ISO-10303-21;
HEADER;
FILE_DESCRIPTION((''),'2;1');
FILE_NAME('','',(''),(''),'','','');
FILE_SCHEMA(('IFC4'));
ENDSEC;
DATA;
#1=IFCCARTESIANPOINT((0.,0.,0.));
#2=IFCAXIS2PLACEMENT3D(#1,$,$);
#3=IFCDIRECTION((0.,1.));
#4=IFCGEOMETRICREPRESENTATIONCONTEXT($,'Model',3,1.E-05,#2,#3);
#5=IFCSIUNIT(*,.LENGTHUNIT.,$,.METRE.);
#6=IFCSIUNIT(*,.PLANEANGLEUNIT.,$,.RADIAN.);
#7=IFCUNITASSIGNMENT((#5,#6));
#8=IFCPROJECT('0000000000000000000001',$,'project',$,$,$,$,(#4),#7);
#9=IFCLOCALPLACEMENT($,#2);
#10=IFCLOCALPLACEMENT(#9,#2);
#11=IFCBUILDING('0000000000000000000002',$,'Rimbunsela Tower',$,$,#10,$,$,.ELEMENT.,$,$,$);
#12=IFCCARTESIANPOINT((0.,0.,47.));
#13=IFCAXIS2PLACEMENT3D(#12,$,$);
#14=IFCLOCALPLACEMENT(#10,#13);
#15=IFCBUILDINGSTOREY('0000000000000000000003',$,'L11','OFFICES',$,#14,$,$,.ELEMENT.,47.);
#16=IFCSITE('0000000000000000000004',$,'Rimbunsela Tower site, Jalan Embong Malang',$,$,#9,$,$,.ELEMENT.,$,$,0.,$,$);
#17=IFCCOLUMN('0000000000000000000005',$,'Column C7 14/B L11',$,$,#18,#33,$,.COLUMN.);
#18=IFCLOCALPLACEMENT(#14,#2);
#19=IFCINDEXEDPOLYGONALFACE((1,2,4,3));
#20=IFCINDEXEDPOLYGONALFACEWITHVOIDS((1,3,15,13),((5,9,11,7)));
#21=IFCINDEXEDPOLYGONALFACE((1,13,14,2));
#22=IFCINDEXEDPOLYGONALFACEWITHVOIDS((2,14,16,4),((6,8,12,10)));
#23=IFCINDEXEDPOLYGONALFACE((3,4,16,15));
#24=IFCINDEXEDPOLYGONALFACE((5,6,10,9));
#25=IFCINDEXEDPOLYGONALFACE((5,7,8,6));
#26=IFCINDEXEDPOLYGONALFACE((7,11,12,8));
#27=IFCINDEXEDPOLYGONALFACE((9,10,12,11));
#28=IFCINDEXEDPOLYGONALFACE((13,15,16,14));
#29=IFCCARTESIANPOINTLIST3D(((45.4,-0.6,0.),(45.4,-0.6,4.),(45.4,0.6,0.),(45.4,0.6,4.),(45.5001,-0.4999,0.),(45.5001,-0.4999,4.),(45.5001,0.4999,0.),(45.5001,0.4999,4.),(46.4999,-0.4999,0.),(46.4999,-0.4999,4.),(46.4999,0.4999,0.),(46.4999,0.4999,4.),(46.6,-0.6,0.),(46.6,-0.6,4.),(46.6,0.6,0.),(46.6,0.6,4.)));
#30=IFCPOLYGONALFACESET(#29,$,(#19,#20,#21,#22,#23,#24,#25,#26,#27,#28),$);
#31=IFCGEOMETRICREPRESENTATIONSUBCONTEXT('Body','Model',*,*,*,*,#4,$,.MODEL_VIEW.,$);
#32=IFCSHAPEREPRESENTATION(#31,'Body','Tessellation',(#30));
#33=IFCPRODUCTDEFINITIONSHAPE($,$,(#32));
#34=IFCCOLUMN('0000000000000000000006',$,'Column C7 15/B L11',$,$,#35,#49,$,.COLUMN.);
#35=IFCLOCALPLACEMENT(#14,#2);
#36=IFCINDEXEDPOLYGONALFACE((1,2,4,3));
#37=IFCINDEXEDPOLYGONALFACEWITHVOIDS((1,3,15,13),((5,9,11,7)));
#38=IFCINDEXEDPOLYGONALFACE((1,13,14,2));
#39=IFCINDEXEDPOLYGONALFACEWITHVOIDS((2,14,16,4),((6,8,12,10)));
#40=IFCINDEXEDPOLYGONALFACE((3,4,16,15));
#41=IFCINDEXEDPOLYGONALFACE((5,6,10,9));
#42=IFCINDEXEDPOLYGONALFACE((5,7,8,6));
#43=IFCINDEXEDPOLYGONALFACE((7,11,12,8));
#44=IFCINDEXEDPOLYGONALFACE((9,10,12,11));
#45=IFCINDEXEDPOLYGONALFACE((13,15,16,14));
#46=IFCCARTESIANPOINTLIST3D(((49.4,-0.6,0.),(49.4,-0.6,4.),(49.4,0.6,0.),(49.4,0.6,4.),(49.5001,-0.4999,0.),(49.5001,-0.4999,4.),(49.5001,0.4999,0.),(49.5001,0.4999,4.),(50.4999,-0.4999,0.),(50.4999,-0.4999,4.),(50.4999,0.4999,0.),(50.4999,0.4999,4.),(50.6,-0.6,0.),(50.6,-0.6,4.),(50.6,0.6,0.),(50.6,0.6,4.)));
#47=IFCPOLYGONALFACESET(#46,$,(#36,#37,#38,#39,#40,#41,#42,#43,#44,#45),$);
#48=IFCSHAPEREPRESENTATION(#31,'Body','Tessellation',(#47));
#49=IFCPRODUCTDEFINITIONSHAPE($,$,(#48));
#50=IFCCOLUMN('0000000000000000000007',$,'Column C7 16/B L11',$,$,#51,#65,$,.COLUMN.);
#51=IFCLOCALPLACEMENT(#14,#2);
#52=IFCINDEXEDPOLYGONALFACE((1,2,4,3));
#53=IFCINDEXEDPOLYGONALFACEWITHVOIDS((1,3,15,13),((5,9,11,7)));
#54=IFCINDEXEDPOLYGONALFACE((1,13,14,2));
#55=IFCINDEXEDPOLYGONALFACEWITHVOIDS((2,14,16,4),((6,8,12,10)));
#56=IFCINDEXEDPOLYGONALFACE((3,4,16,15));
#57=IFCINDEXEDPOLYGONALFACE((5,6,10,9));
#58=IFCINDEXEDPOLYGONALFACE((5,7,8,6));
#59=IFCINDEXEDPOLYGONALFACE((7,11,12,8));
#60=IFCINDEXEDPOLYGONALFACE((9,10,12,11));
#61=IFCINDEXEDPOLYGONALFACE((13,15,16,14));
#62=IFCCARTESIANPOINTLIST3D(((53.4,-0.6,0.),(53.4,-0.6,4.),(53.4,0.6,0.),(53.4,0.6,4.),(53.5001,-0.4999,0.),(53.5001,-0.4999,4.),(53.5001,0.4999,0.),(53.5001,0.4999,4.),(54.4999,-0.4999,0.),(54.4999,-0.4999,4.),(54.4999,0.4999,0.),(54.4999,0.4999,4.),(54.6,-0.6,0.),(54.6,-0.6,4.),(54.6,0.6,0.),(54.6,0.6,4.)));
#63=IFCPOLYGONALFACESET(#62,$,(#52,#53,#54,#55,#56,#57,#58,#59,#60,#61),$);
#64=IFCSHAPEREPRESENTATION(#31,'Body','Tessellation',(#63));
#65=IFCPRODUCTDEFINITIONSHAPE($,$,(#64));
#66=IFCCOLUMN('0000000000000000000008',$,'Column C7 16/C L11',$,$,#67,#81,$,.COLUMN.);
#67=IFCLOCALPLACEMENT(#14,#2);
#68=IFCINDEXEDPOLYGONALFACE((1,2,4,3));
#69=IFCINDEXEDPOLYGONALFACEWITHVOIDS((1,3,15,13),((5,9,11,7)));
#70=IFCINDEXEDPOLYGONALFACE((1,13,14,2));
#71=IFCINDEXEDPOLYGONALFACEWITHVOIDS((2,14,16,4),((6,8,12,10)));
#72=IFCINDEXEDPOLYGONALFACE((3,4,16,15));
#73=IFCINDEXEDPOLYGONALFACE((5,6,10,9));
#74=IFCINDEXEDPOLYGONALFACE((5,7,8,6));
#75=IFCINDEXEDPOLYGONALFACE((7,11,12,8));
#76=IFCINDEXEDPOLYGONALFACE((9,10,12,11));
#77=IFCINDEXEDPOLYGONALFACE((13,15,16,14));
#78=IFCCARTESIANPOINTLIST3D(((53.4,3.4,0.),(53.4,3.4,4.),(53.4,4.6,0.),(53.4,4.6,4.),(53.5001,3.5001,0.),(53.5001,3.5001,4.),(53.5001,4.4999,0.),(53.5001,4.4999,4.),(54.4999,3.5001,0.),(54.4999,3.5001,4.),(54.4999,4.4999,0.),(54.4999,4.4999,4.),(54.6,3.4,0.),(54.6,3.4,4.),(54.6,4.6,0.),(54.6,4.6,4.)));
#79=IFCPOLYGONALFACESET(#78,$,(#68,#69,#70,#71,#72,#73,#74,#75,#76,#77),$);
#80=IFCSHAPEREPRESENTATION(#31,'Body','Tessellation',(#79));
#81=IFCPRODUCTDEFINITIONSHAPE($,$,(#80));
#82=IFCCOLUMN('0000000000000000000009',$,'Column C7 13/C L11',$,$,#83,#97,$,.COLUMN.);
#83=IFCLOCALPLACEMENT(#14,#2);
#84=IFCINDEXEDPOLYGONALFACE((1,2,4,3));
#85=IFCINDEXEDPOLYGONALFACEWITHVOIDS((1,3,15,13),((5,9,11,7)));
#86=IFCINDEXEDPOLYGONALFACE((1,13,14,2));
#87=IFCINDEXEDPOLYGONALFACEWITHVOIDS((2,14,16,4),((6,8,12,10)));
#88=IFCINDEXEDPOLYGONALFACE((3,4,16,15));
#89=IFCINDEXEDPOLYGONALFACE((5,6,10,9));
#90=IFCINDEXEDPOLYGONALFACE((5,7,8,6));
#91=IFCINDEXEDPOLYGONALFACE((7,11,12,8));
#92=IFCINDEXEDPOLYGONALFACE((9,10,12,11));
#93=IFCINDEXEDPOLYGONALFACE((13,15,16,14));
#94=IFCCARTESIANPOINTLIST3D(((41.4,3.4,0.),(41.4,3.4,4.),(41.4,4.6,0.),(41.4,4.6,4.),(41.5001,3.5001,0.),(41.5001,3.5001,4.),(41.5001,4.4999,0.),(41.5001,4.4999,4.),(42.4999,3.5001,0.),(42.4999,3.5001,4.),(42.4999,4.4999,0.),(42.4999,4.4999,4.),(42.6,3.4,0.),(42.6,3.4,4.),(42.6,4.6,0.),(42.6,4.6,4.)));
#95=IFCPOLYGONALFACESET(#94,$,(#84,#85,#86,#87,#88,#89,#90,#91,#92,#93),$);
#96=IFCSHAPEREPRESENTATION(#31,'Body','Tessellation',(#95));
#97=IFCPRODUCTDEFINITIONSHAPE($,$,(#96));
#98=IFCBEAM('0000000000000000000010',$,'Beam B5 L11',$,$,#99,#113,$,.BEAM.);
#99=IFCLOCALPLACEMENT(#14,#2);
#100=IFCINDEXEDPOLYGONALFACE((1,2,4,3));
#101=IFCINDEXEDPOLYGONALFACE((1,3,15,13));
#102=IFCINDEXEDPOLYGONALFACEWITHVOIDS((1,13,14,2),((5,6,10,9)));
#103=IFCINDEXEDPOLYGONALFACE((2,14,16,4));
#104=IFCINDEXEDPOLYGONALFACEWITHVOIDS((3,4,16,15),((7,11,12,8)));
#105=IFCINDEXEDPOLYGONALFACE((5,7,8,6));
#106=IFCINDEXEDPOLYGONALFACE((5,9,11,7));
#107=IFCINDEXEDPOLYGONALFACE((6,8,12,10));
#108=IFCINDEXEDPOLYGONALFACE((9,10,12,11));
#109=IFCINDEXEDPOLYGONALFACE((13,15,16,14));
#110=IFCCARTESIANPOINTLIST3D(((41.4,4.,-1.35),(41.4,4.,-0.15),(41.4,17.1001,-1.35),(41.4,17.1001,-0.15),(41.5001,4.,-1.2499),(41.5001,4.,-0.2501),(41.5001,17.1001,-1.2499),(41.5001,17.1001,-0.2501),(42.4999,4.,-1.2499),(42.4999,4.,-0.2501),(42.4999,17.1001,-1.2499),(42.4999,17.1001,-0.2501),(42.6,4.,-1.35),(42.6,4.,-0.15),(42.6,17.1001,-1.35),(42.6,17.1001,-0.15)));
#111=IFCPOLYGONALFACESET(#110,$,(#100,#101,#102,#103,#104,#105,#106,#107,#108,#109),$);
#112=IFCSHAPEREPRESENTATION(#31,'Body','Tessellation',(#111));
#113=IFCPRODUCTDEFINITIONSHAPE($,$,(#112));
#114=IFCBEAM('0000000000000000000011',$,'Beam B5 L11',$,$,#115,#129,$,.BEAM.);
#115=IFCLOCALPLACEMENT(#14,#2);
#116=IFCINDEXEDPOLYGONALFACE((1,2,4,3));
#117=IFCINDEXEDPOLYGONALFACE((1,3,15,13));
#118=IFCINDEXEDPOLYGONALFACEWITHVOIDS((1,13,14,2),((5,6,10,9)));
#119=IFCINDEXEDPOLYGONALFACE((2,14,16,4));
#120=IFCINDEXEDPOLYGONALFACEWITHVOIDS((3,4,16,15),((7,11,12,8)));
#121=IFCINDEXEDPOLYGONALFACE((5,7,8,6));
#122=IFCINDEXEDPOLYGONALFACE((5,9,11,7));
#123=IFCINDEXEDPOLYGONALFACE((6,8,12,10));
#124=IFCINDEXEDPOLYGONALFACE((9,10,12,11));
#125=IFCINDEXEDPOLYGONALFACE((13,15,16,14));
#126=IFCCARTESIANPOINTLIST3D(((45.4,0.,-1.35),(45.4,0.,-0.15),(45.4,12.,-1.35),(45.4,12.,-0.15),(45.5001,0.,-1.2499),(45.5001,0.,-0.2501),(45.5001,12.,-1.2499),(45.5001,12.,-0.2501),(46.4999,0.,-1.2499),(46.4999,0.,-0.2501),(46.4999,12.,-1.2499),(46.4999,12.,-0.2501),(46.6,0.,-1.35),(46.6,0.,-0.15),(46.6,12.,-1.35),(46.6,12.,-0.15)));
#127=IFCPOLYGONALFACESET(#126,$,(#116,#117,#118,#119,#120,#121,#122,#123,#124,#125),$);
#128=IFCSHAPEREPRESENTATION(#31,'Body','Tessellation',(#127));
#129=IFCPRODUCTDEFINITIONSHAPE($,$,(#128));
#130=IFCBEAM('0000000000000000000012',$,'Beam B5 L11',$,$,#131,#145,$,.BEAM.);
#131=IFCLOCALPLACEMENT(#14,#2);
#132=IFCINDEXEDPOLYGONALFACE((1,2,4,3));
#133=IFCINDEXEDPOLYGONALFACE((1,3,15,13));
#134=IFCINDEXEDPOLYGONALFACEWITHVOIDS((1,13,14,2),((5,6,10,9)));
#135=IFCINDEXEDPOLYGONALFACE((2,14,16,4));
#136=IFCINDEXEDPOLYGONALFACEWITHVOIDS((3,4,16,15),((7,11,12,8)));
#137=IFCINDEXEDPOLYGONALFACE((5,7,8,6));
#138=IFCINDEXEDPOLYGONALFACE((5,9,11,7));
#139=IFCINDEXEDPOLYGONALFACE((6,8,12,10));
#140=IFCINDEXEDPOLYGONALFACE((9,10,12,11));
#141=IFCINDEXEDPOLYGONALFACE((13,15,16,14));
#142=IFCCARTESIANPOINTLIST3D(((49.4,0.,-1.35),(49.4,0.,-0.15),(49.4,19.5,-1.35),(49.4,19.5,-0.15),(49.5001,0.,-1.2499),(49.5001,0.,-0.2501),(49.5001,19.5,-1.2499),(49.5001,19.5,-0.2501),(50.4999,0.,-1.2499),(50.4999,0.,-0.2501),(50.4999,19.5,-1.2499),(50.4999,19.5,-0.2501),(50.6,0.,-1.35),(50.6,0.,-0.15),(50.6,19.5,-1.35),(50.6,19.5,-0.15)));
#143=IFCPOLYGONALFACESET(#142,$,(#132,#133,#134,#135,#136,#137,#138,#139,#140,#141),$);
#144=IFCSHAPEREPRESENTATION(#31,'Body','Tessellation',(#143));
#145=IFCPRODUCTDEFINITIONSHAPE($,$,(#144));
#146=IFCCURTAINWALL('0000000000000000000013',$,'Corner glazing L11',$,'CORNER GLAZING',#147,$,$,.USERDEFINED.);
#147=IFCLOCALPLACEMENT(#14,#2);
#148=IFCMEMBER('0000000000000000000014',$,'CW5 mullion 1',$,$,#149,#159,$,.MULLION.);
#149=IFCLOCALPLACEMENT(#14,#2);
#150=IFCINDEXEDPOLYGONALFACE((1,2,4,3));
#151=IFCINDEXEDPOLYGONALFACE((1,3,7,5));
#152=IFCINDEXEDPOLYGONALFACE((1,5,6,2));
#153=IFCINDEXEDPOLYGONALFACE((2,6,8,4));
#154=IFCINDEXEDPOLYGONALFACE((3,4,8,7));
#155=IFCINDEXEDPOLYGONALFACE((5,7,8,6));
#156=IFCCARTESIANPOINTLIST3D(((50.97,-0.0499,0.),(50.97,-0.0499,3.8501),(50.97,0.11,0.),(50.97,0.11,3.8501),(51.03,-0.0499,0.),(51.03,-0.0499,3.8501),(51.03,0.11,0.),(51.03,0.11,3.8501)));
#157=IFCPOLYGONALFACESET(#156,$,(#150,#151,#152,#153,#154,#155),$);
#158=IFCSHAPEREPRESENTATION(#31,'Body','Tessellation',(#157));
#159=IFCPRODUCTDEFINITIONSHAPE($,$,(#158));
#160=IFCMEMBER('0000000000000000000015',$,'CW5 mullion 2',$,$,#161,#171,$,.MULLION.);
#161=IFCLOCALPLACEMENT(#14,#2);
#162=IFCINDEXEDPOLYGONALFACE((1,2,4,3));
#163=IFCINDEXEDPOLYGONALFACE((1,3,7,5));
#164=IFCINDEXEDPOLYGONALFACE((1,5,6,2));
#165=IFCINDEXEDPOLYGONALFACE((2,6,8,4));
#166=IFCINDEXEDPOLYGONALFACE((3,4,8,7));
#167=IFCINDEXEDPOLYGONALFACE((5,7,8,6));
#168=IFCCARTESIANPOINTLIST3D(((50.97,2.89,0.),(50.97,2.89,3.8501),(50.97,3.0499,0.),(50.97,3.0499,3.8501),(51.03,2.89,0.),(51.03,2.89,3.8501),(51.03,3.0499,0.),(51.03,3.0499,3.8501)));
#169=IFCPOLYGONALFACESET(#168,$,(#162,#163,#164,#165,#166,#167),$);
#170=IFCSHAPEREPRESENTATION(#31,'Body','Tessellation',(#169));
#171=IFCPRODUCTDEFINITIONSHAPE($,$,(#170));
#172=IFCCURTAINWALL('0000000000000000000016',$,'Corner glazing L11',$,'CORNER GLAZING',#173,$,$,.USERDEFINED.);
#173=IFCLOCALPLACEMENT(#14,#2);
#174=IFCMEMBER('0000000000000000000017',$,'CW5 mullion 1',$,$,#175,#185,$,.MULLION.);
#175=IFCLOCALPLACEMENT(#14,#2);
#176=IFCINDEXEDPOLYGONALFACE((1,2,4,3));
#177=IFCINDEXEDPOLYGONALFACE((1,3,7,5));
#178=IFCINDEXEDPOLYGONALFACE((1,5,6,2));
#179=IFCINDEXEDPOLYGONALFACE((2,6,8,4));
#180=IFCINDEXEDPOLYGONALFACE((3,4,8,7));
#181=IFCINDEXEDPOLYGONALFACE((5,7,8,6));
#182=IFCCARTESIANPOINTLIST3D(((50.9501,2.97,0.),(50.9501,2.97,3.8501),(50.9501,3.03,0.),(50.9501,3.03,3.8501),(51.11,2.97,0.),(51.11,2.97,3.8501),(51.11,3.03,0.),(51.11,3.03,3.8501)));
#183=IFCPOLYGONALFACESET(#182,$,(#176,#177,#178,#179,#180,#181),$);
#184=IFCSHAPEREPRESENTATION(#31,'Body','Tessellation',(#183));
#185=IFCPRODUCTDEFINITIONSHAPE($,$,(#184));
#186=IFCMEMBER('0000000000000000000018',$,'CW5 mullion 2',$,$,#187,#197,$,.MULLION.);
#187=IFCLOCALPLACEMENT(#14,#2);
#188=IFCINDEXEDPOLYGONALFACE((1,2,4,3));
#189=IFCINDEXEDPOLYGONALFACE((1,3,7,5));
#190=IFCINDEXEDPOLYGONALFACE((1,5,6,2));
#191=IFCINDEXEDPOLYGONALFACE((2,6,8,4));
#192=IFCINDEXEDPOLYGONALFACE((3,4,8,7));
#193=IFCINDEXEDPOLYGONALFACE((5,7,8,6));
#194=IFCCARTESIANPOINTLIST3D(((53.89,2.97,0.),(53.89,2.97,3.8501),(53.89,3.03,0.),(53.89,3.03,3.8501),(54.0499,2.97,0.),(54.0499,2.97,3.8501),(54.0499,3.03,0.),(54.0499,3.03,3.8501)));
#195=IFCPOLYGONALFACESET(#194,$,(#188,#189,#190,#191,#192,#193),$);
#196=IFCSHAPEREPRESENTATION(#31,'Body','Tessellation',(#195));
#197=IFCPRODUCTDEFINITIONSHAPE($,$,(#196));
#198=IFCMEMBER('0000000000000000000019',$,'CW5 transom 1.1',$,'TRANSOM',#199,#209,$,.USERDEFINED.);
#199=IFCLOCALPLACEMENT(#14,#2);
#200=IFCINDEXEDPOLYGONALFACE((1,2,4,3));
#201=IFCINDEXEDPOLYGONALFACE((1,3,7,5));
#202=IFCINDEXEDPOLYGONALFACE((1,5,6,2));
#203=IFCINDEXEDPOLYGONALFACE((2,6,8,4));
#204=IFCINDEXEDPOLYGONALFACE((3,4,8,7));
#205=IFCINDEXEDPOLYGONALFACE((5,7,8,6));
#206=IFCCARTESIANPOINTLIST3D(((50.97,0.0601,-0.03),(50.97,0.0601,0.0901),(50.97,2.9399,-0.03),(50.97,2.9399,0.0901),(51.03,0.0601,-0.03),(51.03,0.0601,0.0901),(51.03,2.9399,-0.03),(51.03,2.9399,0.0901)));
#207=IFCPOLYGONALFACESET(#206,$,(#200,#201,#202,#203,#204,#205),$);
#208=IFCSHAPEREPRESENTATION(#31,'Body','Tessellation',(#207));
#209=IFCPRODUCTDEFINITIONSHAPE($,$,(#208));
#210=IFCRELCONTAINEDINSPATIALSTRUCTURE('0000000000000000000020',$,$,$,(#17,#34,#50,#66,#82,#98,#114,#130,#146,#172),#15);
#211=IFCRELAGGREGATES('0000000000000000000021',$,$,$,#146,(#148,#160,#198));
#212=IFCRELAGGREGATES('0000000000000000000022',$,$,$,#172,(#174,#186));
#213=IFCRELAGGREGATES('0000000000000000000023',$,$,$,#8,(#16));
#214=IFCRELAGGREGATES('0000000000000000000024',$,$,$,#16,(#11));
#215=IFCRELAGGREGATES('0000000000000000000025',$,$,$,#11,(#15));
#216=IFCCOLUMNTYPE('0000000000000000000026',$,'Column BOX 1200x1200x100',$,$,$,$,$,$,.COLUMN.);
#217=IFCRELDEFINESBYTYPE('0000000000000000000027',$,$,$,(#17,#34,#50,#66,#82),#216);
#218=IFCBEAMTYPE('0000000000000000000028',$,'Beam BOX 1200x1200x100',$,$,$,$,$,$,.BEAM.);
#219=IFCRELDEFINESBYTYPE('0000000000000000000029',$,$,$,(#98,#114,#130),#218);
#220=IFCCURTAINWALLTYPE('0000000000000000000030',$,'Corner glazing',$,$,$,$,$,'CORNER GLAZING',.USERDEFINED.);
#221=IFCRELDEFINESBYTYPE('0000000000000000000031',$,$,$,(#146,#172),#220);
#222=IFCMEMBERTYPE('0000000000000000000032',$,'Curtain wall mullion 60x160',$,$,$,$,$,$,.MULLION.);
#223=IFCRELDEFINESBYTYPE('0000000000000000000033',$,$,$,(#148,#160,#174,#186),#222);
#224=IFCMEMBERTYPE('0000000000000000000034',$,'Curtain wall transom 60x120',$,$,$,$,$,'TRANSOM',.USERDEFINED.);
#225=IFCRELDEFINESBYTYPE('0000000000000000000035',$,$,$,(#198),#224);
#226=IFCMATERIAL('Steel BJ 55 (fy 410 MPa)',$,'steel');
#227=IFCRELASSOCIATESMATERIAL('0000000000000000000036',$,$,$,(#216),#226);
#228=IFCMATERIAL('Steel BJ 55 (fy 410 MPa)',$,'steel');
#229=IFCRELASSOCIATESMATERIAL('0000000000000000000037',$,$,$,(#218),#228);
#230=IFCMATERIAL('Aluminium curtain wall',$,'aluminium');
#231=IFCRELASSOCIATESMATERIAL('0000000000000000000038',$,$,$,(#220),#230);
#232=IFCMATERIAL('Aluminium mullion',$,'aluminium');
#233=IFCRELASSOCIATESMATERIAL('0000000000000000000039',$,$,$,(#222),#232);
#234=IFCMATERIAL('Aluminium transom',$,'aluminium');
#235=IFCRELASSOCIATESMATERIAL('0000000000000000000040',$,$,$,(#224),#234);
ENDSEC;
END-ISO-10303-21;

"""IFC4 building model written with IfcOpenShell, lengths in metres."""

from ifc_helpers import new_model, si_unit, direction, frame, origin, origin_2d, place, context, subcontext, project, spatial, rectangle, hollow_rectangle, extrude, material, material_profile, profile_set, type_object, element, aggregate, save


model = new_model("IFC4")

# Units and contexts
model_context = context("Model", 3, precision=1e-05, world=origin(), true_north=direction((0.0, 1.0)))
body_context = subcontext(model_context, "Body", "Model", "MODEL_VIEW")
ifc_project = project(units=[si_unit("LENGTHUNIT", "METRE"), si_unit("PLANEANGLEUNIT", "RADIAN")], contexts=[model_context])

# Site, building, storey
site_placement = place(None, origin())
site = spatial("IfcSite", under=ifc_project, at=site_placement, Name="Rimbunsela Tower site, Jalan Embong Malang", CompositionType="ELEMENT", RefElevation=0.0)
building_placement = place(site_placement, origin())
building = spatial("IfcBuilding", under=site, at=building_placement, Name="Rimbunsela Tower", CompositionType="ELEMENT")
storey_placement = place(building_placement, frame((0.0, 0.0, 47.0)))
storey = spatial("IfcBuildingStorey", under=building, at=storey_placement, Name="L11", Description="OFFICES", CompositionType="ELEMENT", Elevation=47.0)

# Columns
ifc_material_1 = material(Name="Steel BJ 55 (fy 410 MPa)", Category="steel")
ifc_material_profile_1 = material_profile(ifc_material_1, hollow_rectangle(XDim=1.2, YDim=1.2, WallThickness=0.1001, at=origin_2d()), Name="BOX 1200x1200x100")
ifc_profile_set_1 = profile_set([ifc_material_profile_1], Name="Steel BJ 55 (fy 410 MPa)")
column_type = type_object("IfcColumnType", Name="Column BOX 1200x1200x100", PredefinedType="COLUMN", material=ifc_profile_set_1)
for number, where, z_axis, x_axis, name in (
    (1, (46.0, 0.0, 0.0), (0.0, 0.0, 1.0), (1.0, 0.0, 0.0), "Column C7 14/B L11"),
    (2, (50.0, 0.0, 0.0), (0.0, 0.0, 1.0), (1.0, 0.0, 0.0), "Column C7 15/B L11"),
    (3, (54.0, 0.0, 0.0), (0.0, 0.0, 1.0), (1.0, 0.0, 0.0), "Column C7 16/B L11"),
    (4, (54.0, 4.0, 0.0), (0.0, 0.0, 1.0), (1.0, 0.0, 0.0), "Column C7 16/C L11"),
    (5, (42.0, 4.0, 0.0), (0.0, 0.0, 1.0), (1.0, 0.0, 0.0), "Column C7 13/C L11"),
):
    element("IfcColumn", number, at=place(storey_placement, frame(where, z_axis=z_axis, x_axis=x_axis)), inside=storey, type_object=column_type, Name=name, PredefinedType="COLUMN", context=body_context, shape_type="SweptSolid", body=[
        extrude(hollow_rectangle(XDim=1.2, YDim=1.2, WallThickness=0.1001, at=origin_2d()), origin(), (0.0, 0.0, 1.0), 4.0),
    ])

# Beams
ifc_material_2 = material(Name="Steel BJ 55 (fy 410 MPa)", Category="steel")
ifc_material_profile_2 = material_profile(ifc_material_2, hollow_rectangle(XDim=1.2, YDim=1.2, WallThickness=0.1001, at=origin_2d()), Name="BOX 1200x1200x100")
ifc_profile_set_2 = profile_set([ifc_material_profile_2], Name="Steel BJ 55 (fy 410 MPa)")
beam_type = type_object("IfcBeamType", Name="Beam BOX 1200x1200x100", PredefinedType="BEAM", material=ifc_profile_set_2)
beam_1_placement = place(storey_placement, frame((42.0, 4.0, -0.75), z_axis=(0.0, 1.0, 0.0), x_axis=(-1.0, 0.0, 0.0)))
element("IfcBeam", 6, at=beam_1_placement, inside=storey, type_object=beam_type, Name="Beam B5 L11", PredefinedType="BEAM", context=body_context, shape_type="SweptSolid", body=[
    extrude(hollow_rectangle(XDim=1.2, YDim=1.2, WallThickness=0.1001, at=origin_2d()), origin(), (0.0, 0.0, 1.0), 13.1001),
])
beam_2_placement = place(storey_placement, frame((46.0, 0.0, -0.75), z_axis=(0.0, 1.0, 0.0), x_axis=(-1.0, 0.0, 0.0)))
element("IfcBeam", 7, at=beam_2_placement, inside=storey, type_object=beam_type, Name="Beam B5 L11", PredefinedType="BEAM", context=body_context, shape_type="SweptSolid", body=[
    extrude(hollow_rectangle(XDim=1.2, YDim=1.2, WallThickness=0.1001, at=origin_2d()), origin(), (0.0, 0.0, 1.0), 12.0),
])
beam_3_placement = place(storey_placement, frame((50.0, 0.0, -0.75), z_axis=(0.0, 1.0, 0.0), x_axis=(-1.0, 0.0, 0.0)))
element("IfcBeam", 8, at=beam_3_placement, inside=storey, type_object=beam_type, Name="Beam B5 L11", PredefinedType="BEAM", context=body_context, shape_type="SweptSolid", body=[
    extrude(hollow_rectangle(XDim=1.2, YDim=1.2, WallThickness=0.1001, at=origin_2d()), origin(), (0.0, 0.0, 1.0), 19.5),
])

# Curtain walls, members
ifc_material_3 = material(Name="Aluminium curtain wall", Category="aluminium")
curtain_wall_type = type_object("IfcCurtainWallType", Name="Corner glazing", ElementType="CORNER GLAZING", PredefinedType="USERDEFINED", material=ifc_material_3)
curtain_wall_1_placement = place(storey_placement, origin())
curtain_wall_1 = element("IfcCurtainWall", 9, at=curtain_wall_1_placement, inside=storey, type_object=curtain_wall_type, Name="Corner glazing L11", ObjectType="CORNER GLAZING", PredefinedType="USERDEFINED")
ifc_material_4 = material(Name="Aluminium mullion", Category="aluminium")
ifc_material_profile_3 = material_profile(ifc_material_4, rectangle(XDim=0.0601, YDim=0.1599, at=origin_2d()), Name="Mullion 60x160")
ifc_profile_set_3 = profile_set([ifc_material_profile_3], Name="Aluminium mullion")
member_type_1 = type_object("IfcMemberType", Name="Curtain wall mullion 60x160", PredefinedType="MULLION", material=ifc_profile_set_3)
member_1_placement = place(storey_placement, frame((51.0, 0.03, 0.0), z_axis=(0.0, 0.0, 1.0), x_axis=(-1.0, 0.0, 0.0)))
member_1 = element("IfcMember", 10, at=member_1_placement, type_object=member_type_1, Name="CW5 mullion 1", PredefinedType="MULLION", context=body_context, shape_type="SweptSolid", body=[
    extrude(rectangle(XDim=0.0601, YDim=0.1599, at=origin_2d()), origin(), (0.0, 0.0, 1.0), 3.8501),
])
member_2_placement = place(storey_placement, frame((51.0, 2.97, 0.0), z_axis=(0.0, 0.0, 1.0), x_axis=(-1.0, 0.0, 0.0)))
member_2 = element("IfcMember", 11, at=member_2_placement, type_object=member_type_1, Name="CW5 mullion 2", PredefinedType="MULLION", context=body_context, shape_type="SweptSolid", body=[
    extrude(rectangle(XDim=0.0601, YDim=0.1599, at=origin_2d()), origin(), (0.0, 0.0, 1.0), 3.8501),
])
curtain_wall_2_placement = place(storey_placement, origin())
curtain_wall_2 = element("IfcCurtainWall", 12, at=curtain_wall_2_placement, inside=storey, type_object=curtain_wall_type, Name="Corner glazing L11", ObjectType="CORNER GLAZING", PredefinedType="USERDEFINED")
member_3_placement = place(storey_placement, frame((51.03, 3.0, 0.0), z_axis=(0.0, 0.0, 1.0), x_axis=(0.0, 1.0, 0.0)))
member_3 = element("IfcMember", 13, at=member_3_placement, type_object=member_type_1, Name="CW5 mullion 1", PredefinedType="MULLION", context=body_context, shape_type="SweptSolid", body=[
    extrude(rectangle(XDim=0.0601, YDim=0.1599, at=origin_2d()), origin(), (0.0, 0.0, 1.0), 3.8501),
])
member_4_placement = place(storey_placement, frame((53.97, 3.0, 0.0), z_axis=(0.0, 0.0, 1.0), x_axis=(0.0, 1.0, 0.0)))
member_4 = element("IfcMember", 14, at=member_4_placement, type_object=member_type_1, Name="CW5 mullion 2", PredefinedType="MULLION", context=body_context, shape_type="SweptSolid", body=[
    extrude(rectangle(XDim=0.0601, YDim=0.1599, at=origin_2d()), origin(), (0.0, 0.0, 1.0), 3.8501),
])

# Member
ifc_material_5 = material(Name="Aluminium transom", Category="aluminium")
ifc_material_profile_4 = material_profile(ifc_material_5, rectangle(XDim=0.0601, YDim=0.1201, at=origin_2d()), Name="Transom 60x120")
ifc_profile_set_4 = profile_set([ifc_material_profile_4], Name="Aluminium transom")
member_type_2 = type_object("IfcMemberType", Name="Curtain wall transom 60x120", ElementType="TRANSOM", PredefinedType="USERDEFINED", material=ifc_profile_set_4)
member_5_placement = place(storey_placement, frame((51.0, 0.0601, 0.03), z_axis=(0.0, 1.0, 0.0), x_axis=(-1.0, 0.0, 0.0)))
member_5 = element("IfcMember", 15, at=member_5_placement, type_object=member_type_2, Name="CW5 transom 1.1", ObjectType="TRANSOM", PredefinedType="USERDEFINED", context=body_context, shape_type="SweptSolid", body=[
    extrude(rectangle(XDim=0.0601, YDim=0.1201, at=origin_2d()), origin(), (0.0, 0.0, 1.0), 2.8799),
])

aggregate(curtain_wall_1, [member_1, member_2, member_5])
aggregate(curtain_wall_2, [member_3, member_4])

save(model, "model.ifc")
